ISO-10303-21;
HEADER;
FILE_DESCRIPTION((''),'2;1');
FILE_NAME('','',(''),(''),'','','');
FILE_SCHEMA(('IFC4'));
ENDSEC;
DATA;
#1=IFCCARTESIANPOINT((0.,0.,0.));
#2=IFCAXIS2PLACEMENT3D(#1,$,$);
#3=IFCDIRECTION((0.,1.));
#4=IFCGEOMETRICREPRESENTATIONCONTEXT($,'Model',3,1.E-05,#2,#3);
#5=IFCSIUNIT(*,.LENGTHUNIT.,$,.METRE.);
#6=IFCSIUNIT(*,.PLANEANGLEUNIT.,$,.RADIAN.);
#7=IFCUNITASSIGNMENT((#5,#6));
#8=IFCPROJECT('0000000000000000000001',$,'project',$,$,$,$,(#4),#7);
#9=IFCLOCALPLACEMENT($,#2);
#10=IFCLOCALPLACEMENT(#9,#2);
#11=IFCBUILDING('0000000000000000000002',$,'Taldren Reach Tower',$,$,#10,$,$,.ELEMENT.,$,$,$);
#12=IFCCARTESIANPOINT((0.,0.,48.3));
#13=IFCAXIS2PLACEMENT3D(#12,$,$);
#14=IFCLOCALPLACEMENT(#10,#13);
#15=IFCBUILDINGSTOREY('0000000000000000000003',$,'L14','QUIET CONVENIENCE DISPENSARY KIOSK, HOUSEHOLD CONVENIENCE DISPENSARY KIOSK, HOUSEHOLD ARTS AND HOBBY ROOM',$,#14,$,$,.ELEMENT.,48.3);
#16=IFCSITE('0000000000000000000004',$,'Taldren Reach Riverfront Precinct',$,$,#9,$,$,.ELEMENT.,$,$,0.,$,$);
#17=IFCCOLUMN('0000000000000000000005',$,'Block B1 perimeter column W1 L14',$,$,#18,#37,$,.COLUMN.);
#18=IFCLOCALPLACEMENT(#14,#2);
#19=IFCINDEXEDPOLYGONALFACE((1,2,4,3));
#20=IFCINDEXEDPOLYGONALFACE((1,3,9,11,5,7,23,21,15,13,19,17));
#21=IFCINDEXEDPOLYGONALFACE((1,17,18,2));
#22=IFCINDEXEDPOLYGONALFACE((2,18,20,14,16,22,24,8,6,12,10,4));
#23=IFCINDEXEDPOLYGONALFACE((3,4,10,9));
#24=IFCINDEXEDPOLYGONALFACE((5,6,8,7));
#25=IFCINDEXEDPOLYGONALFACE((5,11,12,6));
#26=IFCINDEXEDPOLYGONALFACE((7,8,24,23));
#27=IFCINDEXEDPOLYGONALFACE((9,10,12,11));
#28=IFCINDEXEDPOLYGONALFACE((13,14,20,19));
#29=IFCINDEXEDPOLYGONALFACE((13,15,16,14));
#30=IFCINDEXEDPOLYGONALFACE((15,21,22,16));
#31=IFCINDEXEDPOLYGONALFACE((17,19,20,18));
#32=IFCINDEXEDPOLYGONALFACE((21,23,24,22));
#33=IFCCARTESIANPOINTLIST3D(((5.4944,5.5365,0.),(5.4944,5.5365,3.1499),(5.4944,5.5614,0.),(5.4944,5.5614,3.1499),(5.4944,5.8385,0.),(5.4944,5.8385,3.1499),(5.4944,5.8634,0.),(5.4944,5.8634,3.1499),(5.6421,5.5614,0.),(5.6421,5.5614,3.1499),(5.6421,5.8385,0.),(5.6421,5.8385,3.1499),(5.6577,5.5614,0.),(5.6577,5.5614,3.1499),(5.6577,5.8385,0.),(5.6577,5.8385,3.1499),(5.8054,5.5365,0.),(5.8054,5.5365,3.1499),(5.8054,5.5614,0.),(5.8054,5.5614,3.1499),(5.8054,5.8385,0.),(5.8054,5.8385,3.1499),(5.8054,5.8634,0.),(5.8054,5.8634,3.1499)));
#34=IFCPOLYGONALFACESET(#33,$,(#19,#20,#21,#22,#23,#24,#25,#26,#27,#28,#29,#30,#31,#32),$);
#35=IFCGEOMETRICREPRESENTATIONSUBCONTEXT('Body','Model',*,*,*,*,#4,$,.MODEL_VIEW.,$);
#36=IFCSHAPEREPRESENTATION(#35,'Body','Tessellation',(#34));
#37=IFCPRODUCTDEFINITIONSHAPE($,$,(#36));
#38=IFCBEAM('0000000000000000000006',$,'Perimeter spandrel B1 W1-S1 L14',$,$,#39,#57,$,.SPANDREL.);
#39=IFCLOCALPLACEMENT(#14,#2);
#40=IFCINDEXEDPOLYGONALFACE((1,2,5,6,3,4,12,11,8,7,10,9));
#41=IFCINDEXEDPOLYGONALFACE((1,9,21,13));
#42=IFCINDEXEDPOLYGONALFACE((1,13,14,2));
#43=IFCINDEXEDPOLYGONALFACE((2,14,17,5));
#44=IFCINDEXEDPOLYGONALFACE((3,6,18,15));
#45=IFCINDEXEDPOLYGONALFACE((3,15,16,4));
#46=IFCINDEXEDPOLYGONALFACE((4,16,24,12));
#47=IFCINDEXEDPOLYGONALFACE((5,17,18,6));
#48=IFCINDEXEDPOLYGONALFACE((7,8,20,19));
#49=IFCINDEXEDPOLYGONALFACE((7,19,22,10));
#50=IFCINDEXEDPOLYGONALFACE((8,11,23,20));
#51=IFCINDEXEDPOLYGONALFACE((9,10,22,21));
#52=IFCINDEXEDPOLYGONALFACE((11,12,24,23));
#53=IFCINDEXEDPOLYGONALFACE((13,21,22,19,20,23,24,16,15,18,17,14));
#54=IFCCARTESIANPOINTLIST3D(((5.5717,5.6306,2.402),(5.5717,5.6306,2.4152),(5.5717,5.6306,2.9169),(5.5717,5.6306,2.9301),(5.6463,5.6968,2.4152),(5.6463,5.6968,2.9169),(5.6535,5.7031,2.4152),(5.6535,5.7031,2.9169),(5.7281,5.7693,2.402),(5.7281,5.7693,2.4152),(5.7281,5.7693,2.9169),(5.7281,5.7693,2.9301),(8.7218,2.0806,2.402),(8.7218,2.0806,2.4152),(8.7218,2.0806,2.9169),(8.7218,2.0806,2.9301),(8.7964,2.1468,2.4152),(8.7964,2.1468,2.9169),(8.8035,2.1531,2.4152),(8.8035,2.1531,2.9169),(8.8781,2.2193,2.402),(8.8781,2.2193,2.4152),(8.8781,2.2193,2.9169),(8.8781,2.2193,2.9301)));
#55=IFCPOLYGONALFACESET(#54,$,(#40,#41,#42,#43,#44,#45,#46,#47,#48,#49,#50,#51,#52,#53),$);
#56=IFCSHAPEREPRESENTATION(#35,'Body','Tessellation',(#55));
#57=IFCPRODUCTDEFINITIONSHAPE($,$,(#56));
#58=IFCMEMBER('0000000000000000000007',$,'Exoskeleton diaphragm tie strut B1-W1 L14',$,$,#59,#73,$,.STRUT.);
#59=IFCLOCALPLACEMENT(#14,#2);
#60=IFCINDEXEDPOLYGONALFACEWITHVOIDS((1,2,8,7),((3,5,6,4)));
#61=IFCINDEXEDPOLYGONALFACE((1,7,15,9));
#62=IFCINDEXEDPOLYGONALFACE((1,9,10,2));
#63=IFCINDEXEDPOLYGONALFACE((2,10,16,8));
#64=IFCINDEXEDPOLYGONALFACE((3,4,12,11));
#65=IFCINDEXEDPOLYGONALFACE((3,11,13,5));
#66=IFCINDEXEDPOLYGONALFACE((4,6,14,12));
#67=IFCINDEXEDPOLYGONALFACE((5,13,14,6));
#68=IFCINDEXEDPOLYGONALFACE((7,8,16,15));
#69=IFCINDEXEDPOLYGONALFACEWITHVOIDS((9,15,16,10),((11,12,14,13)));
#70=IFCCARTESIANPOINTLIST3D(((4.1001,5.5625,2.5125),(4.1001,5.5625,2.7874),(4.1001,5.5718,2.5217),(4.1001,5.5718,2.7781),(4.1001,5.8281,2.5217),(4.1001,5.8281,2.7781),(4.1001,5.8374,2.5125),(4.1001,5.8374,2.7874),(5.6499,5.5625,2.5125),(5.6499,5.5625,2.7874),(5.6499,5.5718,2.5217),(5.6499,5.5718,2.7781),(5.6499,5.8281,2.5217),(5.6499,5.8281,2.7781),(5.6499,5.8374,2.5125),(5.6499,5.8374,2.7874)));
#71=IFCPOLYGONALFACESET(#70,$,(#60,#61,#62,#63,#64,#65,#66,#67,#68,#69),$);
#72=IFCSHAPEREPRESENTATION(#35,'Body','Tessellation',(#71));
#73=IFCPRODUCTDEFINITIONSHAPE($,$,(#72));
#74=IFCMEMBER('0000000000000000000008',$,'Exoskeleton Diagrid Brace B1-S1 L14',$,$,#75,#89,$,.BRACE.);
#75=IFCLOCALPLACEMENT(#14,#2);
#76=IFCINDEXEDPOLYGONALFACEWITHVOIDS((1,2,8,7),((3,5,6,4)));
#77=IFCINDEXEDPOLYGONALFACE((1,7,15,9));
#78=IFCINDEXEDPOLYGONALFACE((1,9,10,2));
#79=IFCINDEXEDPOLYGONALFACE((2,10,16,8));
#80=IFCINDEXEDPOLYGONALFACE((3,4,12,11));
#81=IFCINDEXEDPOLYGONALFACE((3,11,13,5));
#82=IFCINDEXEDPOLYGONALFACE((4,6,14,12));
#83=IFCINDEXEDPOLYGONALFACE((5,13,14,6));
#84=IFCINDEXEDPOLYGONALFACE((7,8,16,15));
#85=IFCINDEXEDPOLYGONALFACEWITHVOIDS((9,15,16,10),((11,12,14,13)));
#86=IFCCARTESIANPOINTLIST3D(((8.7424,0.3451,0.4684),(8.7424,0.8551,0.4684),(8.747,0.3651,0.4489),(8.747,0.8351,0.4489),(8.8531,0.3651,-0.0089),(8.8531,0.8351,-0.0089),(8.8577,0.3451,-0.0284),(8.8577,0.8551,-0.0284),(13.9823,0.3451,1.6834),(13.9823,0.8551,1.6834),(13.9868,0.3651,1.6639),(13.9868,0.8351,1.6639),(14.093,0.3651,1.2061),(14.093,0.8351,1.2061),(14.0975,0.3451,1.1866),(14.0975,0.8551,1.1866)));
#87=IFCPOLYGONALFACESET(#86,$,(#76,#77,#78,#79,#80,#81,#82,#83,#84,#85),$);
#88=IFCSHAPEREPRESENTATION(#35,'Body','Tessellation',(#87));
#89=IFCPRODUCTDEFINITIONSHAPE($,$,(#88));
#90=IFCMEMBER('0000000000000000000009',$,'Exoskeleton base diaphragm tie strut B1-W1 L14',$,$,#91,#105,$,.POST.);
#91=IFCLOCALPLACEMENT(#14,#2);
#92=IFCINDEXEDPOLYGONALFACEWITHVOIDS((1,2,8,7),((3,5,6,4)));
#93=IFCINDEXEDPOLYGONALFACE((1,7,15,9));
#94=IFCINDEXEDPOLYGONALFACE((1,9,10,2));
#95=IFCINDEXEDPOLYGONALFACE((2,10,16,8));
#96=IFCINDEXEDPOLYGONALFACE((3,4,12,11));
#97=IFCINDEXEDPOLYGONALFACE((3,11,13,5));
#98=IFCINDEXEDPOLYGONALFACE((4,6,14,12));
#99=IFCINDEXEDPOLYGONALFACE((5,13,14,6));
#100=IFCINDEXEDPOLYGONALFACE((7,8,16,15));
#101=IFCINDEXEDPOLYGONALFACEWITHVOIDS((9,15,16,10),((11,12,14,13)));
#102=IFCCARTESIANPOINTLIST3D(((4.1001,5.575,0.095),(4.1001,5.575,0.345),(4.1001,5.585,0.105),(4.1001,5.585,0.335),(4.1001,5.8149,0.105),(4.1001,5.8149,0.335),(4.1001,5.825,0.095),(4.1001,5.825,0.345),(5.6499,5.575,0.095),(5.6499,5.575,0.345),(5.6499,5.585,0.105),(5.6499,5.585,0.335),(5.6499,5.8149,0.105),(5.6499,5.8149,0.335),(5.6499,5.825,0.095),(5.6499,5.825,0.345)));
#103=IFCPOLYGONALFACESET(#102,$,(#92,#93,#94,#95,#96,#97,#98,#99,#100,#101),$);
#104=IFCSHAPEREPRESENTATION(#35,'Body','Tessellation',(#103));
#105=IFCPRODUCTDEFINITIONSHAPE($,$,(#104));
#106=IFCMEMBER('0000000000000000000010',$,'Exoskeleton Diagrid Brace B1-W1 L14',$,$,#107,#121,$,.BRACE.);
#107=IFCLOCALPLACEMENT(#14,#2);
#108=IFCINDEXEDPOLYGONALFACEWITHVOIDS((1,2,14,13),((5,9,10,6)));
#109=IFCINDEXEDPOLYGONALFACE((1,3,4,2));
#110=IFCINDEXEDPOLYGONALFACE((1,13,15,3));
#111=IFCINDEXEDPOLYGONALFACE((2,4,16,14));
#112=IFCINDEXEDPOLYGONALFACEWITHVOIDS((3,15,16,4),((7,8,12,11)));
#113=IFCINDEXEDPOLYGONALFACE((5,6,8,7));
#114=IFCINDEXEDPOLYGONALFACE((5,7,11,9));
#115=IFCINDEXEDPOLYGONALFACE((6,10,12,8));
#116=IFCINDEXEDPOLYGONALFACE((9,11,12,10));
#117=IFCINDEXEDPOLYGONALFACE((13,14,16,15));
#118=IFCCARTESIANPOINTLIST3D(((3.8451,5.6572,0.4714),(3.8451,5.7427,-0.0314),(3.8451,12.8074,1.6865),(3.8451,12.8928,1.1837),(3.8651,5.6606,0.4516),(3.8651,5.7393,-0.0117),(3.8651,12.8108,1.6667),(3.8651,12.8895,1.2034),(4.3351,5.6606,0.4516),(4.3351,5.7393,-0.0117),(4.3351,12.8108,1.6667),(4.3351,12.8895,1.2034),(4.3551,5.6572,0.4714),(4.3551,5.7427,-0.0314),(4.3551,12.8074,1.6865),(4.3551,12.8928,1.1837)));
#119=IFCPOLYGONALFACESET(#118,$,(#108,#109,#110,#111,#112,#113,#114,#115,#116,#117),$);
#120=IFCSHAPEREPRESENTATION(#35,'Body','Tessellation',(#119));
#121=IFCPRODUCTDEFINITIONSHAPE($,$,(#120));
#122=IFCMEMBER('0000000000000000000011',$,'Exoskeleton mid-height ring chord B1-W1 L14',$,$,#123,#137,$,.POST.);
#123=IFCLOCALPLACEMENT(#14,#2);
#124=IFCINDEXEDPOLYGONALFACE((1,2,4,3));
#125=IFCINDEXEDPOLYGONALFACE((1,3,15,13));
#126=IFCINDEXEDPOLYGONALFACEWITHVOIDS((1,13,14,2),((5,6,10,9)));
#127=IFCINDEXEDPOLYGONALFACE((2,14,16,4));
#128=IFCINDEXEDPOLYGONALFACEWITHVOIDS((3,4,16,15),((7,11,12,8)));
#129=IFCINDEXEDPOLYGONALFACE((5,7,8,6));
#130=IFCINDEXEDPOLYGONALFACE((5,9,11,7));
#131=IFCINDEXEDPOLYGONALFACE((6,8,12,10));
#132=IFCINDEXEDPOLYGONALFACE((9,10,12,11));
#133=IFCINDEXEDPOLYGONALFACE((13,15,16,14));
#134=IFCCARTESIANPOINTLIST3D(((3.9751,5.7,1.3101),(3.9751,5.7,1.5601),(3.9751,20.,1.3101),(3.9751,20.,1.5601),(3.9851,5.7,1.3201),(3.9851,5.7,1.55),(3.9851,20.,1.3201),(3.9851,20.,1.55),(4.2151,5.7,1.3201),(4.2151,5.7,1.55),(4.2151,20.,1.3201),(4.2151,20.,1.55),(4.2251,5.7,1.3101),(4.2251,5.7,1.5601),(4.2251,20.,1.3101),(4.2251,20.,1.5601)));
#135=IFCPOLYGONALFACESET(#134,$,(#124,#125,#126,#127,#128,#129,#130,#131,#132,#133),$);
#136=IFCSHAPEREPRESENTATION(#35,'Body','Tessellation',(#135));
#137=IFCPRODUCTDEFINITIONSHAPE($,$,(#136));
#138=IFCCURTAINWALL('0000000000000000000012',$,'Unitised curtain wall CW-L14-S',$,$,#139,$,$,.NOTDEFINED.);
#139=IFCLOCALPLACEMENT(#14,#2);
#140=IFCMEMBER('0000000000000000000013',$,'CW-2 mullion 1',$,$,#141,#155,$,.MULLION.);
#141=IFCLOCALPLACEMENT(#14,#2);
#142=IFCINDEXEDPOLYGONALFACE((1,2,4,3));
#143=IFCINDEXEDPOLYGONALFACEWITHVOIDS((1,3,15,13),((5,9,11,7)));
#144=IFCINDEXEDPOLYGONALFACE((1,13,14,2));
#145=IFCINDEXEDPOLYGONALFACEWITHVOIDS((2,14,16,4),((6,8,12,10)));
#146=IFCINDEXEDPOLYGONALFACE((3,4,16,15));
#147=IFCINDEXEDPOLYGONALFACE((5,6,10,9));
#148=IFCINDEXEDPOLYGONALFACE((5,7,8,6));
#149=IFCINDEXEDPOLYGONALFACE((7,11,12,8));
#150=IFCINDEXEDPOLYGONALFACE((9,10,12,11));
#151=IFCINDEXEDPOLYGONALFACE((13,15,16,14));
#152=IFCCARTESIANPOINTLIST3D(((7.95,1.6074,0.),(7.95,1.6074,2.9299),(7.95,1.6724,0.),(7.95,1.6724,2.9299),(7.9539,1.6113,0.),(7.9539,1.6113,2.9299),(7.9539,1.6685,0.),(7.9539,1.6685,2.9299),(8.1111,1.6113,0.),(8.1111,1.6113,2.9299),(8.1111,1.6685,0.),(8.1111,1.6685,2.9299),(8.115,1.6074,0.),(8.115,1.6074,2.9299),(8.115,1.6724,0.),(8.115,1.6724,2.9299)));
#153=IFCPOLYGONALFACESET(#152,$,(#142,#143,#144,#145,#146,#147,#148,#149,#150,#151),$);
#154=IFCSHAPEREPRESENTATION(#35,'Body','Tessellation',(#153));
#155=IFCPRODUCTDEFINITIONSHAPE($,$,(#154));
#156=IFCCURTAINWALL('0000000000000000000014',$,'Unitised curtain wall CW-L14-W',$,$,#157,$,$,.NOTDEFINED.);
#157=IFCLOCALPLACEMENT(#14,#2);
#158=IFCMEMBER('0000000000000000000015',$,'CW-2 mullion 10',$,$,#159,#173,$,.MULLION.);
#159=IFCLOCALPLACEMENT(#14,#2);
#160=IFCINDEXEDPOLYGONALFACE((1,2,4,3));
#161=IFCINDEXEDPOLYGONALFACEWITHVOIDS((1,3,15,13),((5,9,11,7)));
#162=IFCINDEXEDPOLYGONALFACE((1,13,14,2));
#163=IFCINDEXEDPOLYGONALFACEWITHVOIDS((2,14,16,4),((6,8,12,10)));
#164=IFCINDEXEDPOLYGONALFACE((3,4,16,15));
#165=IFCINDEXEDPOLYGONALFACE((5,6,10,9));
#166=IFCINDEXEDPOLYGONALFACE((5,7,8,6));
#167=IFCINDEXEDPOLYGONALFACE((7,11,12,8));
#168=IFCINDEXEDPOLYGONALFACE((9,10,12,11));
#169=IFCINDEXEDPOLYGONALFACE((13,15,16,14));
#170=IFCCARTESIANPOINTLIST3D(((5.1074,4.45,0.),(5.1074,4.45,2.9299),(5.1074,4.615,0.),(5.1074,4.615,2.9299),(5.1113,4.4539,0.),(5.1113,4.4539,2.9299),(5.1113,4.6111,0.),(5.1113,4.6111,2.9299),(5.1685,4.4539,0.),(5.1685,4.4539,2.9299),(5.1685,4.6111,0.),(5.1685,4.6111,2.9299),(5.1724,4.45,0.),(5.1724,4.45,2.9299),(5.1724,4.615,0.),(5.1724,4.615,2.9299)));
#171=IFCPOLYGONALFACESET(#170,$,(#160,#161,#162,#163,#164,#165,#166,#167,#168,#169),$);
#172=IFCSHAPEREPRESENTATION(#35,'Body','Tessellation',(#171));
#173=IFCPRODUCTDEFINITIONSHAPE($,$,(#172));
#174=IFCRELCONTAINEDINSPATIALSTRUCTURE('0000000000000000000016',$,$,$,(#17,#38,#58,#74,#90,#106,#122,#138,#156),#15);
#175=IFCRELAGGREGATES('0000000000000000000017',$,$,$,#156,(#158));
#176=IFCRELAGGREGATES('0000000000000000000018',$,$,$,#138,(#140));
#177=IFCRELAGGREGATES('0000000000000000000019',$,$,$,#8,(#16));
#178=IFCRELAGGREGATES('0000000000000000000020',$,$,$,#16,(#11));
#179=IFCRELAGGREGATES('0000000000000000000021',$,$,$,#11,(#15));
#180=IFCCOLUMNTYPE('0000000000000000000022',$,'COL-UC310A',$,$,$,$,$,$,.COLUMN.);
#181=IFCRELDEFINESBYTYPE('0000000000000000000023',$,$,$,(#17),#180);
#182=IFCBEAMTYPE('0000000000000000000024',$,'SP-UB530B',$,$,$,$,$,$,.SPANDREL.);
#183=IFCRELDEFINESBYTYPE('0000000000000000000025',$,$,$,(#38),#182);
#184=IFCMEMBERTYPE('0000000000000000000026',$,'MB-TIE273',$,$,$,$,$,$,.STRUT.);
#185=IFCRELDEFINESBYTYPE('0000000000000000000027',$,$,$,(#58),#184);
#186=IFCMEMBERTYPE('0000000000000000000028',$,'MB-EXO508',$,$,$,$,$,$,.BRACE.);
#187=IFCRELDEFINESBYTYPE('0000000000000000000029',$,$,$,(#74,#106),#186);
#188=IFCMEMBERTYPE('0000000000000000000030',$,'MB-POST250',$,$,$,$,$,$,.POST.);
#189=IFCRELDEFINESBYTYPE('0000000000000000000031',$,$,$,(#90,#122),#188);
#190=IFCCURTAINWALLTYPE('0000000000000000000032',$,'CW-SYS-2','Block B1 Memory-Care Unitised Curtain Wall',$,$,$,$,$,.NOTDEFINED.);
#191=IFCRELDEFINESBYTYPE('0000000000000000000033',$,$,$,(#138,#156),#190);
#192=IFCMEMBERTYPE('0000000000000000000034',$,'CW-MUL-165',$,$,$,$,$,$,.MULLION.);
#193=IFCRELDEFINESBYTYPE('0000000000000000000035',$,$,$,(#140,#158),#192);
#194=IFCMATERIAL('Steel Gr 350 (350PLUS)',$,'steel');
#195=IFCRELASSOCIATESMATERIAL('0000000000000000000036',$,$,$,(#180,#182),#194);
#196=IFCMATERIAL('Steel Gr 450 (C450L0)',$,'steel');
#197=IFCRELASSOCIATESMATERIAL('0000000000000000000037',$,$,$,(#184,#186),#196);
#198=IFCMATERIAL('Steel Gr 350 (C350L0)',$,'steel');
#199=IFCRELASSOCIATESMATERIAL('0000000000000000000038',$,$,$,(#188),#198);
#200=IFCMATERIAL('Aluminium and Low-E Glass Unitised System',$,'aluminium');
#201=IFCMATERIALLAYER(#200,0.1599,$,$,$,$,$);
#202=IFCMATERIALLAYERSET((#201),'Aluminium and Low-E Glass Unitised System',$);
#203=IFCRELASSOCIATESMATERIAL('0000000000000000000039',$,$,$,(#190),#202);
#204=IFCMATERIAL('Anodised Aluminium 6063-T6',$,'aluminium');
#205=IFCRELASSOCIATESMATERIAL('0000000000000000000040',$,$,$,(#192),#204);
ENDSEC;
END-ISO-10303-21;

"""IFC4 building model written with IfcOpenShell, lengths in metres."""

from ifc_helpers import new_model, si_unit, direction, frame, origin, origin_2d, place, context, subcontext, project, spatial, hollow_rectangle, i_section, extrude, source, transform, mapped, material, layer, layer_set, material_profile, profile_set, type_object, element, aggregate, save


model = new_model("IFC4")

# Units and contexts
model_context = context("Model", 3, precision=1e-05, world=origin(), true_north=direction((0.0, 1.0)))
body_context = subcontext(model_context, "Body", "Model", "MODEL_VIEW")
ifc_project = project(units=[si_unit("LENGTHUNIT", "METRE"), si_unit("PLANEANGLEUNIT", "RADIAN")], contexts=[model_context])

# Site, building, storey
site_placement = place(None, origin())
site = spatial("IfcSite", under=ifc_project, at=site_placement, Name="Taldren Reach Riverfront Precinct", CompositionType="ELEMENT", RefElevation=0.0)
building_placement = place(site_placement, origin())
building = spatial("IfcBuilding", under=site, at=building_placement, Name="Taldren Reach Tower", CompositionType="ELEMENT")
storey_placement = place(building_placement, frame((0.0, 0.0, 48.3)))
storey = spatial("IfcBuildingStorey", under=building, at=storey_placement, Name="L14", Description="QUIET CONVENIENCE DISPENSARY KIOSK, HOUSEHOLD CONVENIENCE DISPENSARY KIOSK, HOUSEHOLD ARTS AND HOBBY ROOM", CompositionType="ELEMENT", Elevation=48.3)

# Column
ifc_material_1 = material(Name="Steel Gr 350 (350PLUS)", Category="steel")
ifc_material_profile_1 = material_profile(ifc_material_1, i_section(OverallWidth=0.311, OverallDepth=0.3269, WebThickness=0.0156, FlangeThickness=0.0249, at=origin_2d()), Name="310UC158")
ifc_profile_set_1 = profile_set([ifc_material_profile_1], Name="Steel Gr 350 (350PLUS)")
column_type = type_object("IfcColumnType", Name="COL-UC310A", PredefinedType="COLUMN", material=ifc_profile_set_1)
shared_shape_1 = source(origin(), body_context, "Body", "SweptSolid", [
    extrude(i_section(OverallWidth=0.311, OverallDepth=0.3269, WebThickness=0.0156, FlangeThickness=0.0249, at=origin_2d()), origin(), (0.0, 0.0, 1.0), 3.1499),
])
column_placement = place(storey_placement, frame((5.6499, 5.7, 0.0), z_axis=(0.0, 0.0, 1.0), x_axis=(1.0, 0.0, 0.0)))
element("IfcColumn", 1, at=column_placement, inside=storey, type_object=column_type, Name="Block B1 perimeter column W1 L14", PredefinedType="COLUMN", context=body_context, shape_type="MappedRepresentation", body=[
    mapped(shared_shape_1, transform((0.0, 0.0, 0.0), scale=1.0)),
])

# Beam
ifc_material_profile_2 = material_profile(ifc_material_1, i_section(OverallWidth=0.209, OverallDepth=0.5281, WebThickness=0.0095, FlangeThickness=0.0132, at=origin_2d()), Name="530UB82.0")
ifc_profile_set_2 = profile_set([ifc_material_profile_2], Name="Steel Gr 350 (350PLUS)")
beam_type = type_object("IfcBeamType", Name="SP-UB530B", PredefinedType="SPANDREL", material=ifc_profile_set_2)
shared_shape_2 = source(origin(), body_context, "Body", "SweptSolid", [
    extrude(i_section(OverallWidth=0.209, OverallDepth=0.5281, WebThickness=0.0095, FlangeThickness=0.0132, at=origin_2d()), origin(), (0.0, 0.0, 1.0), 4.7461),
])
beam_placement = place(storey_placement, frame((5.6499, 5.7, 2.666), z_axis=(0.663722, -0.747979, 0.0), x_axis=(0.747979, 0.663722, 0.0)))
element("IfcBeam", 2, at=beam_placement, inside=storey, type_object=beam_type, Name="Perimeter spandrel B1 W1-S1 L14", PredefinedType="SPANDREL", context=body_context, shape_type="MappedRepresentation", body=[
    mapped(shared_shape_2, transform((0.0, 0.0, 0.0), scale=1.0)),
])

# Members
ifc_material_2 = material(Name="Steel Gr 450 (C450L0)", Category="steel")
ifc_material_profile_3 = material_profile(ifc_material_2, hollow_rectangle(XDim=0.2749, YDim=0.2749, WallThickness=0.0093, at=origin_2d()), Name="275x275x9.3SHS")
ifc_profile_set_3 = profile_set([ifc_material_profile_3], Name="Steel Gr 450 (C450L0)")
member_type_1 = type_object("IfcMemberType", Name="MB-TIE273", PredefinedType="STRUT", material=ifc_profile_set_3)
shared_shape_3 = source(origin(), body_context, "Body", "SweptSolid", [
    extrude(hollow_rectangle(XDim=0.2749, YDim=0.2749, WallThickness=0.0093, at=origin_2d()), origin(), (0.0, 0.0, 1.0), 1.5498),
])
member_1_placement = place(storey_placement, frame((5.6499, 5.7, 2.6499), z_axis=(-1.0, 0.0, 0.0), x_axis=(0.0, -1.0, 0.0)))
element("IfcMember", 3, at=member_1_placement, inside=storey, type_object=member_type_1, Name="Exoskeleton diaphragm tie strut B1-W1 L14", PredefinedType="STRUT", context=body_context, shape_type="MappedRepresentation", body=[
    mapped(shared_shape_3, transform((0.0, 0.0, 0.0), scale=1.0)),
])
ifc_material_profile_4 = material_profile(ifc_material_2, hollow_rectangle(XDim=0.51, YDim=0.51, WallThickness=0.02, at=origin_2d()), Name="510x510x20.0SHS")
ifc_profile_set_4 = profile_set([ifc_material_profile_4], Name="Steel Gr 450 (C450L0)")
member_type_2 = type_object("IfcMemberType", Name="MB-EXO508", PredefinedType="BRACE", material=ifc_profile_set_4)
shared_shape_4 = source(origin(), body_context, "Body", "SweptSolid", [
    extrude(hollow_rectangle(XDim=0.51, YDim=0.51, WallThickness=0.02, at=origin_2d()), origin(), (0.0, 0.0, 1.0), 5.3789),
])
member_2_placement = place(storey_placement, frame((8.8, 0.6001, 0.22), z_axis=(0.974152, 0.0, 0.225894), x_axis=(0.0, 1.0, 0.0)))
element("IfcMember", 4, at=member_2_placement, inside=storey, type_object=member_type_2, Name="Exoskeleton Diagrid Brace B1-S1 L14", PredefinedType="BRACE", context=body_context, shape_type="MappedRepresentation", body=[
    mapped(shared_shape_4, transform((0.0, 0.0, 0.0), scale=1.0)),
])
ifc_material_3 = material(Name="Steel Gr 350 (C350L0)", Category="steel")
ifc_material_profile_5 = material_profile(ifc_material_3, hollow_rectangle(XDim=0.25, YDim=0.25, WallThickness=0.01, at=origin_2d()), Name="250x250x10.0SHS")
ifc_profile_set_5 = profile_set([ifc_material_profile_5], Name="Steel Gr 350 (C350L0)")
member_type_3 = type_object("IfcMemberType", Name="MB-POST250", PredefinedType="POST", material=ifc_profile_set_5)
shared_shape_5 = source(origin(), body_context, "Body", "SweptSolid", [
    extrude(hollow_rectangle(XDim=0.25, YDim=0.25, WallThickness=0.01, at=origin_2d()), origin(), (0.0, 0.0, 1.0), 1.5498),
])
member_3_placement = place(storey_placement, frame((5.6499, 5.7, 0.22), z_axis=(-1.0, 0.0, 0.0), x_axis=(0.0, -1.0, 0.0)))
element("IfcMember", 5, at=member_3_placement, inside=storey, type_object=member_type_3, Name="Exoskeleton base diaphragm tie strut B1-W1 L14", PredefinedType="POST", context=body_context, shape_type="MappedRepresentation", body=[
    mapped(shared_shape_5, transform((0.0, 0.0, 0.0), scale=1.0)),
])
shared_shape_6 = source(origin(), body_context, "Body", "SweptSolid", [
    extrude(hollow_rectangle(XDim=0.51, YDim=0.51, WallThickness=0.02, at=origin_2d()), origin(), (0.0, 0.0, 1.0), 7.2527),
])
member_4_placement = place(storey_placement, frame((4.1001, 5.7, 0.22), z_axis=(0.0, 0.985866, 0.167537), x_axis=(-1.0, 0.0, 0.0)))
element("IfcMember", 6, at=member_4_placement, inside=storey, type_object=member_type_2, Name="Exoskeleton Diagrid Brace B1-W1 L14", PredefinedType="BRACE", context=body_context, shape_type="MappedRepresentation", body=[
    mapped(shared_shape_6, transform((0.0, 0.0, 0.0), scale=1.0)),
])
shared_shape_7 = source(origin(), body_context, "Body", "SweptSolid", [
    extrude(hollow_rectangle(XDim=0.25, YDim=0.25, WallThickness=0.01, at=origin_2d()), origin(), (0.0, 0.0, 1.0), 14.3),
])
member_5_placement = place(storey_placement, frame((4.1001, 5.7, 1.4351), z_axis=(0.0, 1.0, 0.0), x_axis=(-1.0, 0.0, 0.0)))
element("IfcMember", 7, at=member_5_placement, inside=storey, type_object=member_type_3, Name="Exoskeleton mid-height ring chord B1-W1 L14", PredefinedType="POST", context=body_context, shape_type="MappedRepresentation", body=[
    mapped(shared_shape_7, transform((0.0, 0.0, 0.0), scale=1.0)),
])

# Curtain walls, members
ifc_material_4 = material(Name="Aluminium and Low-E Glass Unitised System", Category="aluminium")
ifc_layer_1 = layer(ifc_material_4, 0.1599)
ifc_layer_set_1 = layer_set([ifc_layer_1], Name="Aluminium and Low-E Glass Unitised System")
curtain_wall_type = type_object("IfcCurtainWallType", Name="CW-SYS-2", Description="Block B1 Memory-Care Unitised Curtain Wall", PredefinedType="NOTDEFINED", material=ifc_layer_set_1)
curtain_wall_1_placement = place(storey_placement, origin())
curtain_wall_1 = element("IfcCurtainWall", 8, at=curtain_wall_1_placement, inside=storey, type_object=curtain_wall_type, Name="Unitised curtain wall CW-L14-S", PredefinedType="NOTDEFINED")
ifc_material_5 = material(Name="Anodised Aluminium 6063-T6", Category="aluminium")
ifc_material_profile_6 = material_profile(ifc_material_5, hollow_rectangle(XDim=0.0649, YDim=0.165, WallThickness=0.0039, at=origin_2d()), Name="ALU-165x65x4RHS")
ifc_profile_set_6 = profile_set([ifc_material_profile_6], Name="Anodised Aluminium 6063-T6")
member_type_4 = type_object("IfcMemberType", Name="CW-MUL-165", PredefinedType="MULLION", material=ifc_profile_set_6)
shared_shape_8 = source(origin(), body_context, "Body", "SweptSolid", [
    extrude(hollow_rectangle(XDim=0.0649, YDim=0.165, WallThickness=0.0039, at=origin_2d()), origin(), (0.0, 0.0, 1.0), 2.9299),
])
member_6_placement = place(storey_placement, frame((8.0325, 1.6399, 0.0), z_axis=(0.0, 0.0, 1.0), x_axis=(0.0, 1.0, 0.0)))
member_6 = element("IfcMember", 9, at=member_6_placement, type_object=member_type_4, Name="CW-2 mullion 1", PredefinedType="MULLION", context=body_context, shape_type="MappedRepresentation", body=[
    mapped(shared_shape_8, transform((0.0, 0.0, 0.0), scale=1.0)),
])
curtain_wall_2_placement = place(storey_placement, origin())
curtain_wall_2 = element("IfcCurtainWall", 10, at=curtain_wall_2_placement, inside=storey, type_object=curtain_wall_type, Name="Unitised curtain wall CW-L14-W", PredefinedType="NOTDEFINED")
member_7_placement = place(storey_placement, frame((5.1399, 4.5325, 0.0), z_axis=(0.0, 0.0, 1.0), x_axis=(1.0, 0.0, 0.0)))
member_7 = element("IfcMember", 11, at=member_7_placement, type_object=member_type_4, Name="CW-2 mullion 10", PredefinedType="MULLION", context=body_context, shape_type="MappedRepresentation", body=[
    mapped(shared_shape_8, transform((0.0, 0.0, 0.0), scale=1.0)),
])
aggregate(curtain_wall_2, [member_7])

aggregate(curtain_wall_1, [member_6])

save(model, "model.ifc")
